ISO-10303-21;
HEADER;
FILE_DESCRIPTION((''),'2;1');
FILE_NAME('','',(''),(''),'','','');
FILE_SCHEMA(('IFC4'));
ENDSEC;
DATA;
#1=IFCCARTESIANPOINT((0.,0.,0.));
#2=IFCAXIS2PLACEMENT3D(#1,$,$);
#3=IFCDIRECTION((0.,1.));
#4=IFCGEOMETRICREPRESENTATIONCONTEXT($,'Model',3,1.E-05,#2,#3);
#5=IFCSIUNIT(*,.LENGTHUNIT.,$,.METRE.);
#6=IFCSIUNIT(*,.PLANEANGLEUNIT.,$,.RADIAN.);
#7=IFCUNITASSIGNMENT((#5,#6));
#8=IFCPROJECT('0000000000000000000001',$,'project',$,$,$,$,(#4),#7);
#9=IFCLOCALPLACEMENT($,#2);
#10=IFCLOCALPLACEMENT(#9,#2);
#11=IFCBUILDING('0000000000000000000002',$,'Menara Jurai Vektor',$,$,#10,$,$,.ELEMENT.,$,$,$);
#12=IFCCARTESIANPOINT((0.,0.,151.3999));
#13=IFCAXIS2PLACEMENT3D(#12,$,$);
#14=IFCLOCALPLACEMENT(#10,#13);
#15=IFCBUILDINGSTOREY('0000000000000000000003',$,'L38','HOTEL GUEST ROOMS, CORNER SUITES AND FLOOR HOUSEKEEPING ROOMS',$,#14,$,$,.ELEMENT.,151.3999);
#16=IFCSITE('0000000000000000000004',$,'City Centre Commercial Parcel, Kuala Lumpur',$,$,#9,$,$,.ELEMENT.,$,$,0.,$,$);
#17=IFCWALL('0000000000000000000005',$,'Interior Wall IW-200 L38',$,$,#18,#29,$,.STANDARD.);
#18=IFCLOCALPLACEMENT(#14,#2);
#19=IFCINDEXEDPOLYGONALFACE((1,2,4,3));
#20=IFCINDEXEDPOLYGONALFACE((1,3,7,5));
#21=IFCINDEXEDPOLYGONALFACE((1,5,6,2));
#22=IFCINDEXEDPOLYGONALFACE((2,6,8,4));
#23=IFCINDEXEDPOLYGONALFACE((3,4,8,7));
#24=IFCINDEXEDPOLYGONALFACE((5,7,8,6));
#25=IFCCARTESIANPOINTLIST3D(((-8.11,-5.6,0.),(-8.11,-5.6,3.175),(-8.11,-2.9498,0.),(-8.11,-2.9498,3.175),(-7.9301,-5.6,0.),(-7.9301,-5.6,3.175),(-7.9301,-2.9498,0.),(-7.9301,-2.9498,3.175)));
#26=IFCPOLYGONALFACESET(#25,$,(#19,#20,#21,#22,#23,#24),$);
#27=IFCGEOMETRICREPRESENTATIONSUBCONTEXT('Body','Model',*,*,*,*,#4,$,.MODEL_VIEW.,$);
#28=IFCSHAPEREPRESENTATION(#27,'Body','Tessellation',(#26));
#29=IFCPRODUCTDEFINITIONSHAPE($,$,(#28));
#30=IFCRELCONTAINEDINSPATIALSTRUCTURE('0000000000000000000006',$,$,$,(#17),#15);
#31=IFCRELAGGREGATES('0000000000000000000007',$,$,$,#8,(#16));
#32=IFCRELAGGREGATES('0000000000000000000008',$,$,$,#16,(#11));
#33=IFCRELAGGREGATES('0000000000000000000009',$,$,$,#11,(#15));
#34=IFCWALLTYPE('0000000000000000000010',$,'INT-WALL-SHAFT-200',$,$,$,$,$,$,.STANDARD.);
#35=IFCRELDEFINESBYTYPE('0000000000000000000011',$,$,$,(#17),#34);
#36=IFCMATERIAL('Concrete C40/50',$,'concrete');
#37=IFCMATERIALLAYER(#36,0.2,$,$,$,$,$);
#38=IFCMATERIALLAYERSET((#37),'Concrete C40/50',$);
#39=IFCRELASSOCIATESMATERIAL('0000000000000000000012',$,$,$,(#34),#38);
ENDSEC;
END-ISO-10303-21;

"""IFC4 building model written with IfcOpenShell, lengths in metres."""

from ifc_helpers import new_model, si_unit, direction, frame, frame_2d, origin, place, context, subcontext, project, spatial, rectangle, extrude, material, layer, layer_set, type_object, element, save


model = new_model("IFC4")

# Units and contexts
model_context = context("Model", 3, precision=1e-05, world=origin(), true_north=direction((0.0, 1.0)))
body_context = subcontext(model_context, "Body", "Model", "MODEL_VIEW")
ifc_project = project(units=[si_unit("LENGTHUNIT", "METRE"), si_unit("PLANEANGLEUNIT", "RADIAN")], contexts=[model_context])

# Site, building, storey
site_placement = place(None, origin())
site = spatial("IfcSite", under=ifc_project, at=site_placement, Name="City Centre Commercial Parcel, Kuala Lumpur", CompositionType="ELEMENT", RefElevation=0.0)
building_placement = place(site_placement, origin())
building = spatial("IfcBuilding", under=site, at=building_placement, Name="Menara Jurai Vektor", CompositionType="ELEMENT")
storey_placement = place(building_placement, frame((0.0, 0.0, 151.3999)))
storey = spatial("IfcBuildingStorey", under=building, at=storey_placement, Name="L38", Description="HOTEL GUEST ROOMS, CORNER SUITES AND FLOOR HOUSEKEEPING ROOMS", CompositionType="ELEMENT", Elevation=151.3999)

# Shared definitions
ifc_material_1 = material(Name="Concrete C40/50", Category="concrete")

# Shared definitions
ifc_layer_1 = layer(ifc_material_1, 0.2)
ifc_layer_set_1 = layer_set([ifc_layer_1], Name="Concrete C40/50")
wall_type_1 = type_object("IfcWallType", Name="INT-WALL-SHAFT-200", PredefinedType="STANDARD", material=ifc_layer_set_1)

# Wall
wall_1_placement = place(storey_placement, frame((-8.02, -5.6001, 0.0), z_axis=(0.0, 0.0, 1.0), x_axis=(0.0, 1.0, 0.0)))
element("IfcWall", 1, at=wall_1_placement, inside=storey, type_object=wall_type_1, Name="Interior Wall IW-200 L38", PredefinedType="STANDARD", context=body_context, shape_type="SweptSolid", body=[
    extrude(rectangle(XDim=2.6501, YDim=0.1799, at=frame_2d((1.3252, 0.0))), origin(), (0.0, 0.0, 1.0), 3.175),
])

save(model, "model.ifc")
